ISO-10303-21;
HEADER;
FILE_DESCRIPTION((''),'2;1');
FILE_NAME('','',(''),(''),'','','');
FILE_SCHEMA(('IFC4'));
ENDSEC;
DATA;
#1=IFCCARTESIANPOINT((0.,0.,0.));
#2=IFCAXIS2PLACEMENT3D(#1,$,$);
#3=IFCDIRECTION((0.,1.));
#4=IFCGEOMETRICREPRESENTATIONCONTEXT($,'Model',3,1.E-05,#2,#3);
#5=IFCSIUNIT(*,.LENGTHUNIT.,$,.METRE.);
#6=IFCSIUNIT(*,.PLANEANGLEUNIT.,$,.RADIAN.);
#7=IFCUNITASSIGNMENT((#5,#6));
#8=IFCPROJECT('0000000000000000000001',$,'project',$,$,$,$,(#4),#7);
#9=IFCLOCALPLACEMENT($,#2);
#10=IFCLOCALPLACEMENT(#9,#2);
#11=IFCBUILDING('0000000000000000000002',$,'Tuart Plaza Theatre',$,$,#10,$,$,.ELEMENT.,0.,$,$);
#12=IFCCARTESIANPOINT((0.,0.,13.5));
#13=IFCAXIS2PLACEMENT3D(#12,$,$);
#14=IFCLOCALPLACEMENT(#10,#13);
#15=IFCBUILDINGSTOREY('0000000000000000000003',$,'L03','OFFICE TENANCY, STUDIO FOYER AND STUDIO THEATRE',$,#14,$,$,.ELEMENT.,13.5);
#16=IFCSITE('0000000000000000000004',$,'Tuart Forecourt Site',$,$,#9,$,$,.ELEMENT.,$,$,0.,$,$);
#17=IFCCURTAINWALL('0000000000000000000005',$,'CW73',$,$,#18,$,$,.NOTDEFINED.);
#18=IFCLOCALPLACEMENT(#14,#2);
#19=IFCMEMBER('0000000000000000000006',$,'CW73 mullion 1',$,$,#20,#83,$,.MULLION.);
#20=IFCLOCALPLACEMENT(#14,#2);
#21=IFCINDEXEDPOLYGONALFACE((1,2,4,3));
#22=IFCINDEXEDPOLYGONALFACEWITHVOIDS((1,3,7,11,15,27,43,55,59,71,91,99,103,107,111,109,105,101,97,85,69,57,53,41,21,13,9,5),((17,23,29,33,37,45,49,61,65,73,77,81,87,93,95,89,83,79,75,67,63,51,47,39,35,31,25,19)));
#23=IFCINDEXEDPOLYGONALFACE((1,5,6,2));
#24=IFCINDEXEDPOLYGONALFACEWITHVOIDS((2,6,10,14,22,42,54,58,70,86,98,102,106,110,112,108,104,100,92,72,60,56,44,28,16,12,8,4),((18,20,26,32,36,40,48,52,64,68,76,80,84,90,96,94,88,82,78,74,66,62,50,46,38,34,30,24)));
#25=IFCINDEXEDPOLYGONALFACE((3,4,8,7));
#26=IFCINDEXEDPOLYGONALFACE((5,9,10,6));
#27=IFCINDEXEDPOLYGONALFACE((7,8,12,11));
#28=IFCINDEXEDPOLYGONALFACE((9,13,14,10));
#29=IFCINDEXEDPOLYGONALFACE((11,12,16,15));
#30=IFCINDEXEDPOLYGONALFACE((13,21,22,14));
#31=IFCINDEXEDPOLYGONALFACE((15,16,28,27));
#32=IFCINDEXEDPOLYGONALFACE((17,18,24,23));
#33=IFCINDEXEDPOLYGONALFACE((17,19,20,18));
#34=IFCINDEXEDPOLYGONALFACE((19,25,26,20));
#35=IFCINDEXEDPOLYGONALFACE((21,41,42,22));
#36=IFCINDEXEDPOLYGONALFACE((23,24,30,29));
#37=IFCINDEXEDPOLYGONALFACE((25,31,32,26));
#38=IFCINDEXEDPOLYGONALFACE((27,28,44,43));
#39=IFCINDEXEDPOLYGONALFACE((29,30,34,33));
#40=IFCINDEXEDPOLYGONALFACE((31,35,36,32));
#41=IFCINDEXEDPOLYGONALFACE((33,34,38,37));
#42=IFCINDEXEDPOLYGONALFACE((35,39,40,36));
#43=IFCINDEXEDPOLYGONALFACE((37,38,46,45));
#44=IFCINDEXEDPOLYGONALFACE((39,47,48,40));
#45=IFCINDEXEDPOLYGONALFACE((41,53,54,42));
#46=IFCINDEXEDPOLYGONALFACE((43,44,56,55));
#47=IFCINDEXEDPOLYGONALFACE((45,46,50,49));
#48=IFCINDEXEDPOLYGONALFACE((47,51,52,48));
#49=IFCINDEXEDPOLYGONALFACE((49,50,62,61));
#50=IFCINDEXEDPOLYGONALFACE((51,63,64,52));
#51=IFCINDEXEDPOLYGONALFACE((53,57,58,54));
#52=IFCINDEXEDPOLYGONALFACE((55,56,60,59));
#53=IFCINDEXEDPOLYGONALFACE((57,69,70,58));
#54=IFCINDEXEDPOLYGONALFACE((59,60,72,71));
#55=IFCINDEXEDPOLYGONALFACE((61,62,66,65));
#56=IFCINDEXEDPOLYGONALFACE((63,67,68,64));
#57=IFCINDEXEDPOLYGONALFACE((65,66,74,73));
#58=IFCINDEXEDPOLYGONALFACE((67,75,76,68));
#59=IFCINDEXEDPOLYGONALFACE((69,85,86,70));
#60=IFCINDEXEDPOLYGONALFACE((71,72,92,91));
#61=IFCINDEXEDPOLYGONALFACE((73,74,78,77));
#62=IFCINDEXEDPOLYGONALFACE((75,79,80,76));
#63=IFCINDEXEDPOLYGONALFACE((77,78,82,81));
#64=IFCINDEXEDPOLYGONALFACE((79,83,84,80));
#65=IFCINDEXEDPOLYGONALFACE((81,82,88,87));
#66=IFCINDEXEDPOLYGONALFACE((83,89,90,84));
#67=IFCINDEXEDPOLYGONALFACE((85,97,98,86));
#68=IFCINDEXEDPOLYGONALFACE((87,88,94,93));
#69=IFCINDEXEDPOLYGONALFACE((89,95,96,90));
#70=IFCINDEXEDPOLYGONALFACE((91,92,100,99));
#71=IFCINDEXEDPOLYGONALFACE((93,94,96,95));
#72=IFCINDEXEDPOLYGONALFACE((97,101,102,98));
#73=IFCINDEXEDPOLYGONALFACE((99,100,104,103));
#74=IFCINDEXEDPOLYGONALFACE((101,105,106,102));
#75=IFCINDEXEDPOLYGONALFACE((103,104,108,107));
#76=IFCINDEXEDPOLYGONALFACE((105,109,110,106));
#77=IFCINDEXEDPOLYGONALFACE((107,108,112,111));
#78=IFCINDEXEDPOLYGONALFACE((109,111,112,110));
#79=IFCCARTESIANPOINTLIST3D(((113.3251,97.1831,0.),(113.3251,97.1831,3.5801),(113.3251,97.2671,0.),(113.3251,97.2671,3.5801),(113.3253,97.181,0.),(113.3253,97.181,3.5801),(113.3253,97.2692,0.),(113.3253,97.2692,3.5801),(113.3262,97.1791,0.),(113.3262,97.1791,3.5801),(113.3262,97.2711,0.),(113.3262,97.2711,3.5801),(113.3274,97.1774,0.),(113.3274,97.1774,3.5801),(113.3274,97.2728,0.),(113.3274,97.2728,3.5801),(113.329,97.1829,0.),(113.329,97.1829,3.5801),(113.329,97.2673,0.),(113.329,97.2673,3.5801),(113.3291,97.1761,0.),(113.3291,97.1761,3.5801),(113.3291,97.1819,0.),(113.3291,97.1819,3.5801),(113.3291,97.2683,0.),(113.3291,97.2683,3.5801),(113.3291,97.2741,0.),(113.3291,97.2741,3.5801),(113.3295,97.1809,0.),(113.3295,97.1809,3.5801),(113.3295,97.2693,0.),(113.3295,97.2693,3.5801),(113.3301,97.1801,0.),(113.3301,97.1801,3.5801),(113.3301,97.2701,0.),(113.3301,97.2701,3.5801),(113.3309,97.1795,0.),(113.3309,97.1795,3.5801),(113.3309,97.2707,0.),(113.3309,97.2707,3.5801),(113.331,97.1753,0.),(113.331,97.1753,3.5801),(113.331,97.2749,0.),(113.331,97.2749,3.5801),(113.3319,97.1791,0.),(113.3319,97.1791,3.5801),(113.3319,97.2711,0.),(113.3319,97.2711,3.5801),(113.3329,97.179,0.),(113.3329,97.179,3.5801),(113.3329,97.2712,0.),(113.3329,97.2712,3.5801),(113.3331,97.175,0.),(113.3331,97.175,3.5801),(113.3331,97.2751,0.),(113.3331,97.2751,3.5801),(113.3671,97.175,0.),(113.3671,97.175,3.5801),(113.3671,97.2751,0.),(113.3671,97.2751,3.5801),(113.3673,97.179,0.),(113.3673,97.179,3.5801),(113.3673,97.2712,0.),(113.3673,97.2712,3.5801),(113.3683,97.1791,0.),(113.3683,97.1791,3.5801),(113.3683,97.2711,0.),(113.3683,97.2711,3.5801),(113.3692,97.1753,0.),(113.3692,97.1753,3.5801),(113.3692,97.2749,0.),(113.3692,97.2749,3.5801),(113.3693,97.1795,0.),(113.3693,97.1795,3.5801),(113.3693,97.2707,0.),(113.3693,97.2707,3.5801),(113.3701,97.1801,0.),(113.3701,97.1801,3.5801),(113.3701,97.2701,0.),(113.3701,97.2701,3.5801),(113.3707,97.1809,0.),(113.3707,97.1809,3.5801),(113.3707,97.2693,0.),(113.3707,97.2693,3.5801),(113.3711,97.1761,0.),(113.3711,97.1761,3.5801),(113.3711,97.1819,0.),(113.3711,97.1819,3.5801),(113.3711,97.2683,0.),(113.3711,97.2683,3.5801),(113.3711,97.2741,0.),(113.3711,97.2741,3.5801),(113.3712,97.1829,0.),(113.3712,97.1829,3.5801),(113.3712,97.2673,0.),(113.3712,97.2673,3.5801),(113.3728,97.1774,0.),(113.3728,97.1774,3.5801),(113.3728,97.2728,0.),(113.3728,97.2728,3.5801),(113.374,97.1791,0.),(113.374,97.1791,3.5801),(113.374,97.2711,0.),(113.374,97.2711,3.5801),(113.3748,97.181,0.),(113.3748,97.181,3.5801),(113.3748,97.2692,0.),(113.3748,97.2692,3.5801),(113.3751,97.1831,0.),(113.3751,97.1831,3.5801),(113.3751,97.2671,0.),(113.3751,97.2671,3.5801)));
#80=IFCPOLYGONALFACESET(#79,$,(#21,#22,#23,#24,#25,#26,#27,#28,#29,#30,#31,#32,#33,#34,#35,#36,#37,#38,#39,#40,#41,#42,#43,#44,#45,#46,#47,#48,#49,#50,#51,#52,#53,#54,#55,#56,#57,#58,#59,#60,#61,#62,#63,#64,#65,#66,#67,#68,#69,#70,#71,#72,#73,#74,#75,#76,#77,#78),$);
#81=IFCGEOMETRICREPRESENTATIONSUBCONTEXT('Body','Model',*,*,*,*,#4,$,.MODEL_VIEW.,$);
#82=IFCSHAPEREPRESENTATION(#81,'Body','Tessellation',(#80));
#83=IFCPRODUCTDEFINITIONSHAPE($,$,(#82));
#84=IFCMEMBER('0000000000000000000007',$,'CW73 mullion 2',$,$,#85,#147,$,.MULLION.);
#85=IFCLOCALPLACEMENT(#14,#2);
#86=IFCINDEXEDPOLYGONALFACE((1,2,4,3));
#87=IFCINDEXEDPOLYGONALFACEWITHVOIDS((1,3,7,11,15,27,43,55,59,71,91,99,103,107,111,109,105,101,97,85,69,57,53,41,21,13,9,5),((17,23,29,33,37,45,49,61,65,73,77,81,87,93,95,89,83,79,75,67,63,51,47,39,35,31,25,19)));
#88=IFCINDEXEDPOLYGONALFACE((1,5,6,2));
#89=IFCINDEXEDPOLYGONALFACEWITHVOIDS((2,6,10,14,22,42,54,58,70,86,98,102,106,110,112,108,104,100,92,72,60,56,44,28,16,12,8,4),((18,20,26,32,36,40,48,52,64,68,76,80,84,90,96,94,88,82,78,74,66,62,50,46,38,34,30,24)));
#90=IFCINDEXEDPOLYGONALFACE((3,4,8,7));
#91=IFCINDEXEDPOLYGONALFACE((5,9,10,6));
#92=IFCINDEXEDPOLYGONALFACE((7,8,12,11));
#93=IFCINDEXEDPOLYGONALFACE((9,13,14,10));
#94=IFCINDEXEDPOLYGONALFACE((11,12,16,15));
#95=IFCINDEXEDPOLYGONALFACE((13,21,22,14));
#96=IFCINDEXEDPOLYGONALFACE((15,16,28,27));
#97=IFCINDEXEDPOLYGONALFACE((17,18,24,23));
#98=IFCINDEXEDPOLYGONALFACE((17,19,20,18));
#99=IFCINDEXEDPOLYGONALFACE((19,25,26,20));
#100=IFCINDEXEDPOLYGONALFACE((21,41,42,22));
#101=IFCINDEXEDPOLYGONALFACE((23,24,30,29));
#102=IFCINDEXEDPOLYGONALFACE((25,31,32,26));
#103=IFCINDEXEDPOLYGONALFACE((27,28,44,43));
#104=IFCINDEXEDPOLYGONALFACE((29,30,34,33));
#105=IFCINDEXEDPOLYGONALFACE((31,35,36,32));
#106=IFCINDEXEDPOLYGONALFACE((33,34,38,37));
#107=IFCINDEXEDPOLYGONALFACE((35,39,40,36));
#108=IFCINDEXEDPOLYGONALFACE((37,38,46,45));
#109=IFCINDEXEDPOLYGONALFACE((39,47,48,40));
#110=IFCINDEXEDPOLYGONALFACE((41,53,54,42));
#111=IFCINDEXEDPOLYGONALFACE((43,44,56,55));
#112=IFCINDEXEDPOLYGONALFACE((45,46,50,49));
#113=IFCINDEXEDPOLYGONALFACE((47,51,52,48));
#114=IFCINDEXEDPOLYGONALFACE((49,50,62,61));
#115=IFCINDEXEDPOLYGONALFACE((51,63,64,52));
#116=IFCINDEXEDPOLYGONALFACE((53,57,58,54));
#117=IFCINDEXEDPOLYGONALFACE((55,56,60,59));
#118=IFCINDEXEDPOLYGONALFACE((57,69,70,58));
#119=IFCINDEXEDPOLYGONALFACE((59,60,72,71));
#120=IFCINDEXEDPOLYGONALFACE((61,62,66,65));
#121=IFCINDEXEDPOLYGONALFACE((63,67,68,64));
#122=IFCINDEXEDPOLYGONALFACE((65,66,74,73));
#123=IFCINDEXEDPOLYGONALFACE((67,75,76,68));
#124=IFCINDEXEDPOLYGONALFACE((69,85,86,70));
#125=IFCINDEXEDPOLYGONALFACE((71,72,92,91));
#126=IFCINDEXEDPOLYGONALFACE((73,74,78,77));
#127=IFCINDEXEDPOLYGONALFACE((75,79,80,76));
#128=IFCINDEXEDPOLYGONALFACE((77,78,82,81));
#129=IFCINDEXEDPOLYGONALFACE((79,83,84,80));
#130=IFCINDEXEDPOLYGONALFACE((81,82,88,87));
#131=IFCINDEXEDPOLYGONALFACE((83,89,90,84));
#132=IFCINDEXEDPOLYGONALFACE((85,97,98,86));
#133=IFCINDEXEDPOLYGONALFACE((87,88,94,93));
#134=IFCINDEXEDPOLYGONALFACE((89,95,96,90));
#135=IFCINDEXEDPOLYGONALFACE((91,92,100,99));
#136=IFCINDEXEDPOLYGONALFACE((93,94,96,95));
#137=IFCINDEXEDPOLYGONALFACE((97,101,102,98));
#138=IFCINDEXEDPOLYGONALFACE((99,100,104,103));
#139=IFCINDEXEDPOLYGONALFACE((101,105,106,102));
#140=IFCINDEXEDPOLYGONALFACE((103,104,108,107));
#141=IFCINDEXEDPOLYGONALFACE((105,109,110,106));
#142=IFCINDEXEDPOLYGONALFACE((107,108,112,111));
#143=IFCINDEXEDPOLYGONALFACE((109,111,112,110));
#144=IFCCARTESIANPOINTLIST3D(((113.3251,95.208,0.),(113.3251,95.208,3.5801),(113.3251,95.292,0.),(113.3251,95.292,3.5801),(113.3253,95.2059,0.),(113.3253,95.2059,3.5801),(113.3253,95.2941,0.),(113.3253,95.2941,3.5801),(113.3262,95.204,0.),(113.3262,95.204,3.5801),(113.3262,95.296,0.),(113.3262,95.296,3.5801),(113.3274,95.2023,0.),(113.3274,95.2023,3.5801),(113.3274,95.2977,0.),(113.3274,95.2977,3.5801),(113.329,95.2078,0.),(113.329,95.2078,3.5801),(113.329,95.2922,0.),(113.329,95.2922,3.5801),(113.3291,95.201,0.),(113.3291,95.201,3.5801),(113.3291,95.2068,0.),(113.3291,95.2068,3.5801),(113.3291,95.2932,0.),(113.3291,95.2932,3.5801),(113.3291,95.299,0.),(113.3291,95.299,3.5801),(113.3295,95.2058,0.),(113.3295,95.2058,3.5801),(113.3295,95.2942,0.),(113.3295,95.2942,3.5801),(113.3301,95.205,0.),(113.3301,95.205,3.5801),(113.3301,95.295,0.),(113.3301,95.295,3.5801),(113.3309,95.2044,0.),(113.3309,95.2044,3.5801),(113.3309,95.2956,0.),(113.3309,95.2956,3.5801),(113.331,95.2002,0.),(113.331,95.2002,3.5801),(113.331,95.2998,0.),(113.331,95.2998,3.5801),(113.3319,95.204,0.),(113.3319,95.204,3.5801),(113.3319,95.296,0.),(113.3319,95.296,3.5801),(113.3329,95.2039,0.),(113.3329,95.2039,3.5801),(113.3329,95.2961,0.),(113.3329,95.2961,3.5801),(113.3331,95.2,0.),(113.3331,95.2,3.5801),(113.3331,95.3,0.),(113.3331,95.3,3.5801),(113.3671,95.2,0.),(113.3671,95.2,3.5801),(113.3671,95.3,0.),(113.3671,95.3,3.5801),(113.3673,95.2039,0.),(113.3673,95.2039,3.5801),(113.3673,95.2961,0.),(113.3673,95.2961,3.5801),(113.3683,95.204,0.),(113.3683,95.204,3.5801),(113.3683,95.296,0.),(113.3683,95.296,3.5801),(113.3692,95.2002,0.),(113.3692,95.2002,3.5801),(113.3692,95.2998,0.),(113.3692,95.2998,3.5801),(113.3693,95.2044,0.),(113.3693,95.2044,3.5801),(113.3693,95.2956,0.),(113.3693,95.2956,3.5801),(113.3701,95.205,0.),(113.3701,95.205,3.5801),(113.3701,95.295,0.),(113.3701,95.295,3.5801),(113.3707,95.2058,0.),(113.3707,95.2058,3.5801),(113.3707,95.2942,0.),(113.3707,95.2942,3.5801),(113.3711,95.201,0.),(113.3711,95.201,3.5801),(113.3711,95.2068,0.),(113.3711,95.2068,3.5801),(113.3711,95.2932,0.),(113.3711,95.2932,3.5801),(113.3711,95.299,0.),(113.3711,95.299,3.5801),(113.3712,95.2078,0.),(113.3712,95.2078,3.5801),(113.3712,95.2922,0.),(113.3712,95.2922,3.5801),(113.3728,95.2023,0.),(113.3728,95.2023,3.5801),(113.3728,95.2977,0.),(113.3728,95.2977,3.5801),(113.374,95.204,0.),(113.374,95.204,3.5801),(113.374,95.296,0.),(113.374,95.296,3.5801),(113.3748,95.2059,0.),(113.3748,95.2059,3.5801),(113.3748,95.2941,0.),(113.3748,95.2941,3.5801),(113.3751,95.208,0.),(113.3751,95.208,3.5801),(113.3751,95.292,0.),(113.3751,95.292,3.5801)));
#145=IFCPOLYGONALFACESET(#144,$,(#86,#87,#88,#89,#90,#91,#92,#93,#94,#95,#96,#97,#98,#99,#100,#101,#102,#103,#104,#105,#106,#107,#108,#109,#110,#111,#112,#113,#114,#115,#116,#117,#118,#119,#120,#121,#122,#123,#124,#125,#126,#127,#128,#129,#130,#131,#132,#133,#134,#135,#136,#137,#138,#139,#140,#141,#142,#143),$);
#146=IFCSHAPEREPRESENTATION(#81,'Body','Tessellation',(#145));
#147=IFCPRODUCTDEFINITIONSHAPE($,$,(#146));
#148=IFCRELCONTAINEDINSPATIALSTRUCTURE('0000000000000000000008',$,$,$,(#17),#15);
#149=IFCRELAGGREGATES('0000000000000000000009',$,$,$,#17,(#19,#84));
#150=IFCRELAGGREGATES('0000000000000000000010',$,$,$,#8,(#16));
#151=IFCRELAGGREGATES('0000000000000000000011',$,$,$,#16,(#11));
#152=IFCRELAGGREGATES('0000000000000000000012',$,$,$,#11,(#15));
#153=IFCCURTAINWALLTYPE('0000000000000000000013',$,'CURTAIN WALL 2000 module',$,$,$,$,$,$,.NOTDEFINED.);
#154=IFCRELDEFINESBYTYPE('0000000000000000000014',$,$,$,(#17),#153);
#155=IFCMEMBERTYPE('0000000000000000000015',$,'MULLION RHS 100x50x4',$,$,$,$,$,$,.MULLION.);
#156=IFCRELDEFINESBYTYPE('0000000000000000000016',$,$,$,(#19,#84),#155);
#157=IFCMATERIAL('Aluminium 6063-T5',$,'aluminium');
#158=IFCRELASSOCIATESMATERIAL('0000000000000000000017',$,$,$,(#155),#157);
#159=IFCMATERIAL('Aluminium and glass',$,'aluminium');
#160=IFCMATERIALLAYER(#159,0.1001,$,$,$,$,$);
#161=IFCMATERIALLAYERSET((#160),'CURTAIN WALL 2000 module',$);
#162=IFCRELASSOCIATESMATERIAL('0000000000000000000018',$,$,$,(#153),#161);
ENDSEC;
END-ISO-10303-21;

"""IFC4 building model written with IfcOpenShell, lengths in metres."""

from ifc_helpers import new_model, si_unit, direction, frame, origin, origin_2d, place, context, subcontext, project, spatial, hollow_rectangle, extrude, material, layer, layer_set, material_profile, profile_set, type_object, element, aggregate, save


model = new_model("IFC4")

# Units and contexts
model_context = context("Model", 3, precision=1e-05, world=origin(), true_north=direction((0.0, 1.0)))
body_context = subcontext(model_context, "Body", "Model", "MODEL_VIEW")
ifc_project = project(units=[si_unit("LENGTHUNIT", "METRE"), si_unit("PLANEANGLEUNIT", "RADIAN")], contexts=[model_context])

# Site, building, storey
site_placement = place(None, origin())
site = spatial("IfcSite", under=ifc_project, at=site_placement, Name="Tuart Forecourt Site", CompositionType="ELEMENT", RefElevation=0.0)
building_placement = place(site_placement, origin())
building = spatial("IfcBuilding", under=site, at=building_placement, Name="Tuart Plaza Theatre", CompositionType="ELEMENT", ElevationOfRefHeight=0.0)
storey_placement = place(building_placement, frame((0.0, 0.0, 13.5)))
storey = spatial("IfcBuildingStorey", under=building, at=storey_placement, Name="L03", Description="OFFICE TENANCY, STUDIO FOYER AND STUDIO THEATRE", CompositionType="ELEMENT", Elevation=13.5)

# Curtain wall, members
ifc_material_1 = material(Name="Aluminium 6063-T5", Category="aluminium")
ifc_material_profile_1 = material_profile(ifc_material_1, hollow_rectangle(XDim=0.05, YDim=0.1001, WallThickness=0.0039, InnerFilletRadius=0.0039, OuterFilletRadius=0.0081, at=origin_2d()), Name="RHS 100x50x4")
ifc_profile_set_1 = profile_set([ifc_material_profile_1], Name="Aluminium 6063-T5")
member_type_1 = type_object("IfcMemberType", Name="MULLION RHS 100x50x4", PredefinedType="MULLION", material=ifc_profile_set_1)
ifc_material_2 = material(Name="Aluminium and glass", Category="aluminium")
ifc_layer_1 = layer(ifc_material_2, 0.1001)
ifc_layer_set_1 = layer_set([ifc_layer_1], Name="CURTAIN WALL 2000 module")
curtain_wall_type_1 = type_object("IfcCurtainWallType", Name="CURTAIN WALL 2000 module", PredefinedType="NOTDEFINED", material=ifc_layer_set_1)
curtain_wall_1_placement = place(storey_placement, origin())
curtain_wall_1 = element("IfcCurtainWall", 1, at=curtain_wall_1_placement, inside=storey, type_object=curtain_wall_type_1, Name="CW73", PredefinedType="NOTDEFINED")
member_1_placement = place(storey_placement, frame((113.3501, 97.2251, 0.0), z_axis=(0.0, 0.0, 1.0), x_axis=(1.0, 0.0, 0.0)))
member_1 = element("IfcMember", 2, at=member_1_placement, type_object=member_type_1, Name="CW73 mullion 1", PredefinedType="MULLION", context=body_context, shape_type="SweptSolid", body=[
    extrude(hollow_rectangle(XDim=0.05, YDim=0.1001, WallThickness=0.0039, InnerFilletRadius=0.0039, OuterFilletRadius=0.0081, at=origin_2d()), origin(), (0.0, 0.0, 1.0), 3.5801),
])
member_2_placement = place(storey_placement, frame((113.3501, 95.25, 0.0), z_axis=(0.0, 0.0, 1.0), x_axis=(1.0, 0.0, 0.0)))
member_2 = element("IfcMember", 3, at=member_2_placement, type_object=member_type_1, Name="CW73 mullion 2", PredefinedType="MULLION", context=body_context, shape_type="SweptSolid", body=[
    extrude(hollow_rectangle(XDim=0.05, YDim=0.1001, WallThickness=0.0039, InnerFilletRadius=0.0039, OuterFilletRadius=0.0081, at=origin_2d()), origin(), (0.0, 0.0, 1.0), 3.5801),
])
aggregate(curtain_wall_1, [member_1, member_2])

save(model, "model.ifc")
